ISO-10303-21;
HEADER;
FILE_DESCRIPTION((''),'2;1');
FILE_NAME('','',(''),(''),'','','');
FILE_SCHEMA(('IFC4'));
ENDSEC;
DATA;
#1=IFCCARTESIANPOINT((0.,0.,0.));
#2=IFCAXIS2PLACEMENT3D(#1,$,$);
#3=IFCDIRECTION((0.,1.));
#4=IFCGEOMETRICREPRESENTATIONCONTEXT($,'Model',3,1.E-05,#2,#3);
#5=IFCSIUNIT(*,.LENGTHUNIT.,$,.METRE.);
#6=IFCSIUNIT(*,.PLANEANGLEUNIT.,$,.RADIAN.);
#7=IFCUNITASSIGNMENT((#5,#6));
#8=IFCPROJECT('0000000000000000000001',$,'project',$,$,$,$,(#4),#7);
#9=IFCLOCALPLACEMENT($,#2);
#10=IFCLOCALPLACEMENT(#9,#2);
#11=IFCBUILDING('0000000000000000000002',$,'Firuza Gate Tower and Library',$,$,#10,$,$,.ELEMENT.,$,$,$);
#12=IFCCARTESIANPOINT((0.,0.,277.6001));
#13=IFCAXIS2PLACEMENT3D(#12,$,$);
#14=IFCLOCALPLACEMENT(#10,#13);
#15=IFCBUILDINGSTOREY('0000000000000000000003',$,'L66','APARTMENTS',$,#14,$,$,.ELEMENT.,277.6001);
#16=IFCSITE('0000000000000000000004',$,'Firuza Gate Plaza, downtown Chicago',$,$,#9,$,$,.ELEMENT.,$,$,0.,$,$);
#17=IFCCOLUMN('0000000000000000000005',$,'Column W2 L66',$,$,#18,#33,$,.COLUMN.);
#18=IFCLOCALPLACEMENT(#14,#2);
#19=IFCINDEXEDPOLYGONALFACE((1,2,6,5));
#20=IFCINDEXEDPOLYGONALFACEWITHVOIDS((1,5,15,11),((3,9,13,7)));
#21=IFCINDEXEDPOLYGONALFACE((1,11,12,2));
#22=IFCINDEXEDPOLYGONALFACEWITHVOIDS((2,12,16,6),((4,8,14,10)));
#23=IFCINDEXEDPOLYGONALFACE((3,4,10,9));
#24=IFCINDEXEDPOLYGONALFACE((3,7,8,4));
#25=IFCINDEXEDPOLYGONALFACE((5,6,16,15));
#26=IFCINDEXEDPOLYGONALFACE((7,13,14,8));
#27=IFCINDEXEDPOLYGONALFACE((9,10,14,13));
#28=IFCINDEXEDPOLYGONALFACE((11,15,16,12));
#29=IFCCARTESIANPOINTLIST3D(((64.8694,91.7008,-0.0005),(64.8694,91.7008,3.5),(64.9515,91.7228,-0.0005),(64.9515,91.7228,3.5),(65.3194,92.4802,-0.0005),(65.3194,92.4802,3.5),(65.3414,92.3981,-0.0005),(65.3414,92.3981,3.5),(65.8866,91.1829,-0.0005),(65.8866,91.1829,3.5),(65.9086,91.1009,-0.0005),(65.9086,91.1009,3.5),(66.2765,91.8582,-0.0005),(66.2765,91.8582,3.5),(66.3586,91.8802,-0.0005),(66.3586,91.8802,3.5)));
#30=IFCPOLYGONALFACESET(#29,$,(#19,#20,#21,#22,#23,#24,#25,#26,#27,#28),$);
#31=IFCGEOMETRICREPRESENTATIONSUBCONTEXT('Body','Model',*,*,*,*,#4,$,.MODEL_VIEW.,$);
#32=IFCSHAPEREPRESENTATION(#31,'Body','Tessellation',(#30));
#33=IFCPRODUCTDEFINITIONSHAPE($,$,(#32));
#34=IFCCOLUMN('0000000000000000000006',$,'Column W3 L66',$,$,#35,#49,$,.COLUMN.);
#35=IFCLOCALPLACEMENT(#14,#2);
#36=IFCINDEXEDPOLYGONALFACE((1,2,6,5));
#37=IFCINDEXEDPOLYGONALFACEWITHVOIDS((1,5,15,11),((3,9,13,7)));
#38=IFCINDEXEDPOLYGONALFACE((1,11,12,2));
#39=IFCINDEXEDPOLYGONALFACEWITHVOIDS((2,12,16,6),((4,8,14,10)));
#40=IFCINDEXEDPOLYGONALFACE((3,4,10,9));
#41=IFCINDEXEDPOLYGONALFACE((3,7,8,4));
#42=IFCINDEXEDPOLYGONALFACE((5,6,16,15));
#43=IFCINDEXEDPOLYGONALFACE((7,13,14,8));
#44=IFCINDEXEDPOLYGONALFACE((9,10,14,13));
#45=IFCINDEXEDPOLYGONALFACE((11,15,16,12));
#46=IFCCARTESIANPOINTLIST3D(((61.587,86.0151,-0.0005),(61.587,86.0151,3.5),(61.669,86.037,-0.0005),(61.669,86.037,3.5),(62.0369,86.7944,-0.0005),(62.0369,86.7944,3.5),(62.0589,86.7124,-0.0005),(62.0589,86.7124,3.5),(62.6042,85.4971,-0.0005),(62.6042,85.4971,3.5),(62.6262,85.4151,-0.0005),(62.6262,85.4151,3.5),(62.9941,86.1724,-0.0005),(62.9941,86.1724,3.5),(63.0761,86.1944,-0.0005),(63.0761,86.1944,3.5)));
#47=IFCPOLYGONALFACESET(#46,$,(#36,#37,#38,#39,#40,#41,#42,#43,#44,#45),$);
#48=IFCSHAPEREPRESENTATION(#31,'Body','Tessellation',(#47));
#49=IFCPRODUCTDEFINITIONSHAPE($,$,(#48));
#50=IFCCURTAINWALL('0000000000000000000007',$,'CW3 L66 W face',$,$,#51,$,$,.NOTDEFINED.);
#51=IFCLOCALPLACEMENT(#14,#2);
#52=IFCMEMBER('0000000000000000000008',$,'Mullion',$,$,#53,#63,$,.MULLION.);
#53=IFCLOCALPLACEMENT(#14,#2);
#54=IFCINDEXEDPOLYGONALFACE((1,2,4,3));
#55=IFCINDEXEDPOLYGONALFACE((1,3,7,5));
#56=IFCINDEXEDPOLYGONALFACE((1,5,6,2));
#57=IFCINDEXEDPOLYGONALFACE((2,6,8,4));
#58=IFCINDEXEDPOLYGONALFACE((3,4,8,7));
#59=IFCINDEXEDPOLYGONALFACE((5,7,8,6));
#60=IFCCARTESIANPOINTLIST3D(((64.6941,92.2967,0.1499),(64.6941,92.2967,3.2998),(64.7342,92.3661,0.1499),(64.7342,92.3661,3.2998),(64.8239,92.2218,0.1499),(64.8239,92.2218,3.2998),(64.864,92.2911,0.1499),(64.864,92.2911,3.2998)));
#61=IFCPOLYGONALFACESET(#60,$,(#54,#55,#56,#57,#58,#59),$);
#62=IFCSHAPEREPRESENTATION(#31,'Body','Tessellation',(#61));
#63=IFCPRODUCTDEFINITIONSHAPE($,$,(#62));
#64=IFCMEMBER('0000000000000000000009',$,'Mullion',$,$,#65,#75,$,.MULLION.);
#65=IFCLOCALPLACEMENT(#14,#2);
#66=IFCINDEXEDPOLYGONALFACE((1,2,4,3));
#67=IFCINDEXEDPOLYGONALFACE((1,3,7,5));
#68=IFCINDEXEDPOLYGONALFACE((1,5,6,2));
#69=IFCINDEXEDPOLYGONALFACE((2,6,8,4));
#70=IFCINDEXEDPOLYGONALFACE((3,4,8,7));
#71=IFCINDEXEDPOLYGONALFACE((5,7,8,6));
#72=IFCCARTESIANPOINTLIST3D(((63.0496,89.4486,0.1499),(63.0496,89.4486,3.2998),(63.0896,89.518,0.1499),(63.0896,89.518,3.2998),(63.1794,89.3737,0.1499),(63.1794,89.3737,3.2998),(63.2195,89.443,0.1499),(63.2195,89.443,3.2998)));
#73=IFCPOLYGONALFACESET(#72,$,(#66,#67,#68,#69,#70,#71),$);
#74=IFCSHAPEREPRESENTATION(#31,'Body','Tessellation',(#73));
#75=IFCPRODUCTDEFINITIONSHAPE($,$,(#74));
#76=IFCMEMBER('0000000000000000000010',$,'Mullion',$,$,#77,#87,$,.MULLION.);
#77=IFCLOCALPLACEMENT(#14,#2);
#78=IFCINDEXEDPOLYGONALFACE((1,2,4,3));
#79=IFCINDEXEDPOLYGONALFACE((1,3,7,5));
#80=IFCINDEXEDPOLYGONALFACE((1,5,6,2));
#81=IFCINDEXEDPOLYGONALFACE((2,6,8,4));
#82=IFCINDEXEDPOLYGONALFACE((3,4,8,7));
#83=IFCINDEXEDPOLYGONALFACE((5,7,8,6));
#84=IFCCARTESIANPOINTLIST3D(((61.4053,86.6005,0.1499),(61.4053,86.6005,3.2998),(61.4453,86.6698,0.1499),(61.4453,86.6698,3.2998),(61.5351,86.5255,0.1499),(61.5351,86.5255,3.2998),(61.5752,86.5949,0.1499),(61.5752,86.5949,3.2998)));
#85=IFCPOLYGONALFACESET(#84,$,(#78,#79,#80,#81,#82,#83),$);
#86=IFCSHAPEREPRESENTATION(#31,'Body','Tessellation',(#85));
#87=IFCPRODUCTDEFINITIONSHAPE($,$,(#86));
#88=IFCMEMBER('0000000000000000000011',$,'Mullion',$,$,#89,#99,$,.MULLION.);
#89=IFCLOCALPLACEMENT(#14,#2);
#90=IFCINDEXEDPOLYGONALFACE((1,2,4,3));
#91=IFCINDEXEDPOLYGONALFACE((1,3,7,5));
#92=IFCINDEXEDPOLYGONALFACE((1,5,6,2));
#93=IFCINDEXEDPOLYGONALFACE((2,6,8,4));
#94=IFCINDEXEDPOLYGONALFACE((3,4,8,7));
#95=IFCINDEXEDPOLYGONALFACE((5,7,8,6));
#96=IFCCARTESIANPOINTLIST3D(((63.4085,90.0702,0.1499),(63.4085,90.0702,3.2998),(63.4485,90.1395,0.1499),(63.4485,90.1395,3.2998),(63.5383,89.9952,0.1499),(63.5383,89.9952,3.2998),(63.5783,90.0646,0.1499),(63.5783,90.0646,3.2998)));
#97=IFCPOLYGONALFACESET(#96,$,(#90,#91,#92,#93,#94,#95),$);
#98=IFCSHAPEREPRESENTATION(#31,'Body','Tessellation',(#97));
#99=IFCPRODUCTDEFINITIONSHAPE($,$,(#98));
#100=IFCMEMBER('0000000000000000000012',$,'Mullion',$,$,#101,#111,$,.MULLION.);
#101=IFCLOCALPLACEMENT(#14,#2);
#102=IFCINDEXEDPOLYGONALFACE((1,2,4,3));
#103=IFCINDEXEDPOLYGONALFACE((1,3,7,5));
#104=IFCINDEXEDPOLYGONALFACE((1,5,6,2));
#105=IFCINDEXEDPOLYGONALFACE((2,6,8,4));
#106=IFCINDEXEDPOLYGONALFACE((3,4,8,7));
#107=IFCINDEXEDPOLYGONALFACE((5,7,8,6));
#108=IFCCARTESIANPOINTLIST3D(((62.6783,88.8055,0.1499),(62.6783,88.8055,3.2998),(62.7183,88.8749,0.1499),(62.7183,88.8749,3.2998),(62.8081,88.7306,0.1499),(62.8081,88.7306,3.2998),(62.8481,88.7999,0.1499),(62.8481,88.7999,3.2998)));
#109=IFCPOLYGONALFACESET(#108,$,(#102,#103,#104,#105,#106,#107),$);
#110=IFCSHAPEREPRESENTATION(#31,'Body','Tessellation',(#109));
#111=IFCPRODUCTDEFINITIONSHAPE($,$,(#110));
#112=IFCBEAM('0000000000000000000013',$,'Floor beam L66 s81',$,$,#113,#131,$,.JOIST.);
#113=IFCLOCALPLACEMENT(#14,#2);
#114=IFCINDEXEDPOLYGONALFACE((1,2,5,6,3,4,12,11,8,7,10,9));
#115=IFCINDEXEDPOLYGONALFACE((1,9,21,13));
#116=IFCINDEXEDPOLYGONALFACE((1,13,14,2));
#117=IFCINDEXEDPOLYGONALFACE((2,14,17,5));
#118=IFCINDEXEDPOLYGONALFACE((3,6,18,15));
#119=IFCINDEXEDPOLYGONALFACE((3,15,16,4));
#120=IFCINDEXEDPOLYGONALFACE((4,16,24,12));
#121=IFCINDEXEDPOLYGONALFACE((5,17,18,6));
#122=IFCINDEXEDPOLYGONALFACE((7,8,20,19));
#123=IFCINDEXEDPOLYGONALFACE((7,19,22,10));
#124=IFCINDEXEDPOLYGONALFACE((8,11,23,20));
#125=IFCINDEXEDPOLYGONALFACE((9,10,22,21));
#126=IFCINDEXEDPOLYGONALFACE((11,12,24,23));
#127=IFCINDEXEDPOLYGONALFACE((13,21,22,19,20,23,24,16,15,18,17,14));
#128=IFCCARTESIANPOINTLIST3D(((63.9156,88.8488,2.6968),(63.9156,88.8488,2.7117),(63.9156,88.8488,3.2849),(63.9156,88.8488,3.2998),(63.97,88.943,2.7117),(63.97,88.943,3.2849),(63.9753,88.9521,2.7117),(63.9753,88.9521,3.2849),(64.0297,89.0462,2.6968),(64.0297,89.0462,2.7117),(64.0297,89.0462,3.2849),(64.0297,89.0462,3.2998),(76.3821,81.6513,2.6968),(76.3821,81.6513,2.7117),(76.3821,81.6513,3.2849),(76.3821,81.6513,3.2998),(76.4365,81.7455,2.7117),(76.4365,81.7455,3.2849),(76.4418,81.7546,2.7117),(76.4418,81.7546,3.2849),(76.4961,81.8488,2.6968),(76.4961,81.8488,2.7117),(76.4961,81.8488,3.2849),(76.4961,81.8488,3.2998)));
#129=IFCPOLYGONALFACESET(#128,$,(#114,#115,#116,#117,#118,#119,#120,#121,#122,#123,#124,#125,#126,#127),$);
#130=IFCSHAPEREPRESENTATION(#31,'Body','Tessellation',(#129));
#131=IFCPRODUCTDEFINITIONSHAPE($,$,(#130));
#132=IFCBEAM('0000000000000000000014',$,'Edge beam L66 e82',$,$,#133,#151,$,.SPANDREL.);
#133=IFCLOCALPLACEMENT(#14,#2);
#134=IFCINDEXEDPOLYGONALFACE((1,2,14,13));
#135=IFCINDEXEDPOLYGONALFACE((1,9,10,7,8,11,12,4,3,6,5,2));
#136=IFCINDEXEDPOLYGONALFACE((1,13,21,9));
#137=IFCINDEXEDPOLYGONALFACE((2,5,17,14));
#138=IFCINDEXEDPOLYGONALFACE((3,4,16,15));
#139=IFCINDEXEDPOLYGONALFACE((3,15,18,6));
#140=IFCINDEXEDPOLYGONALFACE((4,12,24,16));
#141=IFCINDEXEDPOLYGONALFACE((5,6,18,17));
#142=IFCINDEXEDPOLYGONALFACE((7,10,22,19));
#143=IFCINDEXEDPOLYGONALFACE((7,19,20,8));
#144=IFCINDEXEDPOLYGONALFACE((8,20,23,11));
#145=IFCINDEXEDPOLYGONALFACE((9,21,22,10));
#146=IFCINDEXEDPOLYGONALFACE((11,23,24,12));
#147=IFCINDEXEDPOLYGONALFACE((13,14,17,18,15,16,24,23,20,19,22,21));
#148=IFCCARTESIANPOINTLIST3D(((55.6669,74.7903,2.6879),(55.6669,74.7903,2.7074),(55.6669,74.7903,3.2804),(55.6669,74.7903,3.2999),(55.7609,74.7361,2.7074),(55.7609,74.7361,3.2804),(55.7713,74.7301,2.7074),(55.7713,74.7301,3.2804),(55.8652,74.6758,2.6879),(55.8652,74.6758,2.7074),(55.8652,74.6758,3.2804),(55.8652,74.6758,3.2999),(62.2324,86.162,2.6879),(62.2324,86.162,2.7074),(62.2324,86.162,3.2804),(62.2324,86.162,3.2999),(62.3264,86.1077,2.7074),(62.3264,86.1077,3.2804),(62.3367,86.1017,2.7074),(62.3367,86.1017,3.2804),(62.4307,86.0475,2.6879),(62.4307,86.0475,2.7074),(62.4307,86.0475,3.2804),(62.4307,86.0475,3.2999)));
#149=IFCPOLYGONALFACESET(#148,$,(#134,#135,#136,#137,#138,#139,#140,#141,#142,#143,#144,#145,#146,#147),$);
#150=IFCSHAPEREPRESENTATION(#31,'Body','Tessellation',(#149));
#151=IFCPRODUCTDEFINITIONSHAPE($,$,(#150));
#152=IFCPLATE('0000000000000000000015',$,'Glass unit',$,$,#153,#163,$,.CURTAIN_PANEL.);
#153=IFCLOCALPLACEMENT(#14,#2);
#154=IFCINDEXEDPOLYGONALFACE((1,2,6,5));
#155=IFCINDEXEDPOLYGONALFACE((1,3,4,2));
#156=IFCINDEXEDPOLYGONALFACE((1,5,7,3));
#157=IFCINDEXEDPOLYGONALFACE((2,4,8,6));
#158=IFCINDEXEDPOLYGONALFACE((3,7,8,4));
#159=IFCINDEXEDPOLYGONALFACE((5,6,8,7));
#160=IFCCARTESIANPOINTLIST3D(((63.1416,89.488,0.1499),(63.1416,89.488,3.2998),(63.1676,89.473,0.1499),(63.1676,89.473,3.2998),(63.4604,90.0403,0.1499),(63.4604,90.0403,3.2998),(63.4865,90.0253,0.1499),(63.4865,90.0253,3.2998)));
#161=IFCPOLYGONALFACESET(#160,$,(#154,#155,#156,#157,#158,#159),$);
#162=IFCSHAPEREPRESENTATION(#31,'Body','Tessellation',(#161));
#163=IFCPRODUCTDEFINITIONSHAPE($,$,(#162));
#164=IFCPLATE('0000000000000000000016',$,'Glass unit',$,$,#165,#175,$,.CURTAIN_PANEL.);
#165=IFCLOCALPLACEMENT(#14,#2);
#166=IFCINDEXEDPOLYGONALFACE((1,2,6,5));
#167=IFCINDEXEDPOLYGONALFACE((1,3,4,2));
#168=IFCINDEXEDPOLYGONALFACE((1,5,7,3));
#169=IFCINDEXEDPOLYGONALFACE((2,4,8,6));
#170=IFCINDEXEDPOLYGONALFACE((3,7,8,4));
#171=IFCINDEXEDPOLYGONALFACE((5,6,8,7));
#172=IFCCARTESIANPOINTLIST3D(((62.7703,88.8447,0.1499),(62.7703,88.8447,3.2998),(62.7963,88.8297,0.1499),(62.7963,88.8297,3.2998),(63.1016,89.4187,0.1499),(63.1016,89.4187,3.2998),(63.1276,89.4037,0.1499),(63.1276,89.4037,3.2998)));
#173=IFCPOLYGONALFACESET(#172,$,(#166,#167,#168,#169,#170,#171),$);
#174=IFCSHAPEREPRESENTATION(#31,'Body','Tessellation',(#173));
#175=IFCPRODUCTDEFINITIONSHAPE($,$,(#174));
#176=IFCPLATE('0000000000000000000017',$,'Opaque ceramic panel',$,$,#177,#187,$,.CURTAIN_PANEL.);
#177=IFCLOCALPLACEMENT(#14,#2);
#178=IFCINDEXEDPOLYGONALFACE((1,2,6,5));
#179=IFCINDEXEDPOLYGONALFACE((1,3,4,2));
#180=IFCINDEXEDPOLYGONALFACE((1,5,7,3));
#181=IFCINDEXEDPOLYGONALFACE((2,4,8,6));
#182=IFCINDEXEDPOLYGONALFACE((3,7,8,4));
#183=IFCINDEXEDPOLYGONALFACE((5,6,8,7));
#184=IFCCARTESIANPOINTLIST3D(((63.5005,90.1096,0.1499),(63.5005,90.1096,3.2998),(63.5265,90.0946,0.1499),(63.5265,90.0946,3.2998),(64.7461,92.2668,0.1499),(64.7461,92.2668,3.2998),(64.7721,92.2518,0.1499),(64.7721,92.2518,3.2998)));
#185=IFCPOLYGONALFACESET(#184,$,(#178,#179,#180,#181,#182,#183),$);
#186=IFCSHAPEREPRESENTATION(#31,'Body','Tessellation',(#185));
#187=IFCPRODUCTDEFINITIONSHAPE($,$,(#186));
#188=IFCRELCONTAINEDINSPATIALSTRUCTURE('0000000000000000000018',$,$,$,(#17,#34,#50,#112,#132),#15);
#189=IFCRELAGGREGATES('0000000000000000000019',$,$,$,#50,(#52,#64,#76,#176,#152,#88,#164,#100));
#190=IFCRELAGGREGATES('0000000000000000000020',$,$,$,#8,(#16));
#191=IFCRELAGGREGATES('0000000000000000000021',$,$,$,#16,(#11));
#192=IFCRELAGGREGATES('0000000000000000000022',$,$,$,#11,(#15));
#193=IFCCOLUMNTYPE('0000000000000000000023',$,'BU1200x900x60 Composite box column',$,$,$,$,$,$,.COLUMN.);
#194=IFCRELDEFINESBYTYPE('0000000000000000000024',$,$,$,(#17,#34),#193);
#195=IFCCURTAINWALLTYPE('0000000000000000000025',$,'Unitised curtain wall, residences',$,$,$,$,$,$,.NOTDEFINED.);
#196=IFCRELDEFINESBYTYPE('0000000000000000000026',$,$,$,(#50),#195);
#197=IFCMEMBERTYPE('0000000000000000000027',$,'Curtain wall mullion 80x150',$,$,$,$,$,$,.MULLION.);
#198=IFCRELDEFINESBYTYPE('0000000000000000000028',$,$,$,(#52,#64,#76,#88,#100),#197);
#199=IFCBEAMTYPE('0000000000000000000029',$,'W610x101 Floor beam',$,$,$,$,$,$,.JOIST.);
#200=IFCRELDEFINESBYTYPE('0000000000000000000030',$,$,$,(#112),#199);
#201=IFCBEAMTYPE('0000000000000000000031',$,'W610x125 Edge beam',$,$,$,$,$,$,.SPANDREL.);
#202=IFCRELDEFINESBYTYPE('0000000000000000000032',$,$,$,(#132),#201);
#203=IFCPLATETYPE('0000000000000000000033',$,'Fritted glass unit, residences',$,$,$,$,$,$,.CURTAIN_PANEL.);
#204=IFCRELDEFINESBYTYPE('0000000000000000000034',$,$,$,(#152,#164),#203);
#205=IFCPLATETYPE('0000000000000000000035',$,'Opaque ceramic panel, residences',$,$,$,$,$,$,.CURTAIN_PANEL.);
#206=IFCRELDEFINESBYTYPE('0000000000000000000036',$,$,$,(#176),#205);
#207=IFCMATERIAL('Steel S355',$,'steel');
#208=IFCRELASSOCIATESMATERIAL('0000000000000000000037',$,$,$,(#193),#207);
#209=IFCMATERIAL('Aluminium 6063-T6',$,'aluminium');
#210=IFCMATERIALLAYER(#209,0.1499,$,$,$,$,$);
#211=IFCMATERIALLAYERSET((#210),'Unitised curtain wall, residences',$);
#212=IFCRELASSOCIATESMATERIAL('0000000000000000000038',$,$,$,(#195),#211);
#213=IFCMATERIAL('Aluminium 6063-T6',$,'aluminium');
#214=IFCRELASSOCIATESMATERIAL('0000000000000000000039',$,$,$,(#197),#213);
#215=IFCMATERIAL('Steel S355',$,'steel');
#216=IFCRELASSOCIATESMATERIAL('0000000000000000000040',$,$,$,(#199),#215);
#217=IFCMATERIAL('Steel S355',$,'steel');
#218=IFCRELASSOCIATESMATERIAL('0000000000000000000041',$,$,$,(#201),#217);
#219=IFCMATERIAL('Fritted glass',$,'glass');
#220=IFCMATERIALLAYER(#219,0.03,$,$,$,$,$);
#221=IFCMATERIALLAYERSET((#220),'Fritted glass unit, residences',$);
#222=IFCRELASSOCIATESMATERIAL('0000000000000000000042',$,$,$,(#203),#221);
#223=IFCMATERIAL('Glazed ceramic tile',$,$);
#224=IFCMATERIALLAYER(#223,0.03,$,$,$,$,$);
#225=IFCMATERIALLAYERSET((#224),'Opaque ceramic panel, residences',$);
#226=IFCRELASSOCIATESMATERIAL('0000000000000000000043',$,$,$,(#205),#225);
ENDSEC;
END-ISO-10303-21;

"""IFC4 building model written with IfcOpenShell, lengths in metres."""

from ifc_helpers import new_model, si_unit, direction, frame, origin, origin_2d, place, context, subcontext, project, spatial, polyline, rectangle, hollow_rectangle, i_section, outline, extrude, material, layer, layer_set, material_profile, profile_set, type_object, element, aggregate, save


model = new_model("IFC4")

# Units and contexts
model_context = context("Model", 3, precision=1e-05, world=origin(), true_north=direction((0.0, 1.0)))
body_context = subcontext(model_context, "Body", "Model", "MODEL_VIEW")
ifc_project = project(units=[si_unit("LENGTHUNIT", "METRE"), si_unit("PLANEANGLEUNIT", "RADIAN")], contexts=[model_context])

# Site, building, storey
site_placement = place(None, origin())
site = spatial("IfcSite", under=ifc_project, at=site_placement, Name="Firuza Gate Plaza, downtown Chicago", CompositionType="ELEMENT", RefElevation=0.0)
building_placement = place(site_placement, origin())
building = spatial("IfcBuilding", under=site, at=building_placement, Name="Firuza Gate Tower and Library", CompositionType="ELEMENT")
storey_placement = place(building_placement, frame((0.0, 0.0, 277.6001)))
storey = spatial("IfcBuildingStorey", under=building, at=storey_placement, Name="L66", Description="APARTMENTS", CompositionType="ELEMENT", Elevation=277.6001)

# Columns
ifc_material_1 = material(Name="Steel S355", Category="steel")
ifc_material_profile_1 = material_profile(ifc_material_1, hollow_rectangle(XDim=0.8999, YDim=1.2, WallThickness=0.0601, at=origin_2d()))
ifc_profile_set_1 = profile_set([ifc_material_profile_1], Name="Steel S355")
column_type = type_object("IfcColumnType", Name="BU1200x900x60 Composite box column", PredefinedType="COLUMN", material=ifc_profile_set_1)
for number, where, z_axis, x_axis, name in (
    (1, (65.614, 91.7905, -0.0005), (0.0, 0.0, 1.0), (-0.5, -0.866025, 0.0), "Column W2 L66"),
    (2, (62.3315, 86.1047, -0.0005), (0.0, 0.0, 1.0), (-0.5, -0.866025, 0.0), "Column W3 L66"),
):
    element("IfcColumn", number, at=place(storey_placement, frame(where, z_axis=z_axis, x_axis=x_axis)), inside=storey, type_object=column_type, Name=name, PredefinedType="COLUMN", context=body_context, shape_type="SweptSolid", body=[
        extrude(hollow_rectangle(XDim=0.8999, YDim=1.2, WallThickness=0.0601, at=origin_2d()), origin(), (0.0, 0.0, 1.0), 3.5005),
    ])

# Curtain wall, members
ifc_material_2 = material(Name="Aluminium 6063-T6", Category="aluminium")
ifc_layer_1 = layer(ifc_material_2, 0.1499)
ifc_layer_set_1 = layer_set([ifc_layer_1], Name="Unitised curtain wall, residences")
curtain_wall_type = type_object("IfcCurtainWallType", Name="Unitised curtain wall, residences", PredefinedType="NOTDEFINED", material=ifc_layer_set_1)
placement = place(storey_placement, origin())
curtain_wall = element("IfcCurtainWall", 3, at=placement, inside=storey, type_object=curtain_wall_type, Name="CW3 L66 W face", PredefinedType="NOTDEFINED")
ifc_material_3 = material(Name="Aluminium 6063-T6", Category="aluminium")
ifc_material_profile_2 = material_profile(ifc_material_3, rectangle(XDim=0.1499, YDim=0.0801, at=origin_2d()))
ifc_profile_set_2 = profile_set([ifc_material_profile_2], Name="Aluminium 6063-T6")
member_type = type_object("IfcMemberType", Name="Curtain wall mullion 80x150", PredefinedType="MULLION", material=ifc_profile_set_2)
member_1_placement = place(storey_placement, frame((64.7791, 92.2939, 0.1499), z_axis=(0.0, 0.0, 1.0), x_axis=(0.866025, -0.5, 0.0)))
member_1 = element("IfcMember", 4, at=member_1_placement, type_object=member_type, Name="Mullion", PredefinedType="MULLION", context=body_context, shape_type="SweptSolid", body=[
    extrude(rectangle(XDim=0.1499, YDim=0.0801, at=origin_2d()), origin(), (0.0, 0.0, 1.0), 3.1499),
])
member_2_placement = place(storey_placement, frame((63.1345, 89.4458, 0.1499), z_axis=(0.0, 0.0, 1.0), x_axis=(0.866025, -0.5, 0.0)))
member_2 = element("IfcMember", 5, at=member_2_placement, type_object=member_type, Name="Mullion", PredefinedType="MULLION", context=body_context, shape_type="SweptSolid", body=[
    extrude(rectangle(XDim=0.1499, YDim=0.0801, at=origin_2d()), origin(), (0.0, 0.0, 1.0), 3.1499),
])
member_3_placement = place(storey_placement, frame((61.4902, 86.5977, 0.1499), z_axis=(0.0, 0.0, 1.0), x_axis=(0.866025, -0.5, 0.0)))
member_3 = element("IfcMember", 6, at=member_3_placement, type_object=member_type, Name="Mullion", PredefinedType="MULLION", context=body_context, shape_type="SweptSolid", body=[
    extrude(rectangle(XDim=0.1499, YDim=0.0801, at=origin_2d()), origin(), (0.0, 0.0, 1.0), 3.1499),
])
member_4_placement = place(storey_placement, frame((63.4934, 90.0674, 0.1499), z_axis=(0.0, 0.0, 1.0), x_axis=(0.866025, -0.5, 0.0)))
member_4 = element("IfcMember", 7, at=member_4_placement, type_object=member_type, Name="Mullion", PredefinedType="MULLION", context=body_context, shape_type="SweptSolid", body=[
    extrude(rectangle(XDim=0.1499, YDim=0.0801, at=origin_2d()), origin(), (0.0, 0.0, 1.0), 3.1499),
])
member_5_placement = place(storey_placement, frame((62.7632, 88.8027, 0.1499), z_axis=(0.0, 0.0, 1.0), x_axis=(0.866025, -0.5, 0.0)))
member_5 = element("IfcMember", 8, at=member_5_placement, type_object=member_type, Name="Mullion", PredefinedType="MULLION", context=body_context, shape_type="SweptSolid", body=[
    extrude(rectangle(XDim=0.1499, YDim=0.0801, at=origin_2d()), origin(), (0.0, 0.0, 1.0), 3.1499),
])

# Beams
ifc_material_4 = material(Name="Steel S355", Category="steel")
ifc_material_profile_3 = material_profile(ifc_material_4, i_section(OverallWidth=0.228, OverallDepth=0.603, WebThickness=0.0105, FlangeThickness=0.0149, at=origin_2d()))
ifc_profile_set_3 = profile_set([ifc_material_profile_3], Name="Steel S355")
beam_type_1 = type_object("IfcBeamType", Name="W610x101 Floor beam", PredefinedType="JOIST", material=ifc_profile_set_3)
beam_1_placement = place(storey_placement, frame((63.9727, 88.9475, 2.9983), z_axis=(0.866027, -0.499997, 0.0), x_axis=(0.499997, 0.866027, 0.0)))
element("IfcBeam", 9, at=beam_1_placement, inside=storey, type_object=beam_type_1, Name="Floor beam L66 s81", PredefinedType="JOIST", context=body_context, shape_type="SweptSolid", body=[
    extrude(i_section(OverallWidth=0.228, OverallDepth=0.603, WebThickness=0.0105, FlangeThickness=0.0149, at=origin_2d()), origin(), (0.0, 0.0, 1.0), 14.395),
])
ifc_material_5 = material(Name="Steel S355", Category="steel")
ifc_material_profile_4 = material_profile(ifc_material_5, i_section(OverallWidth=0.229, OverallDepth=0.6121, WebThickness=0.012, FlangeThickness=0.0195, at=origin_2d()))
ifc_profile_set_4 = profile_set([ifc_material_profile_4], Name="Steel S355")
beam_type_2 = type_object("IfcBeamType", Name="W610x125 Edge beam", PredefinedType="SPANDREL", material=ifc_profile_set_4)
beam_2_placement = place(storey_placement, frame((62.3315, 86.1047, 2.9939), z_axis=(-0.500002, -0.866024, 0.0), x_axis=(0.866024, -0.500002, 0.0)))
element("IfcBeam", 10, at=beam_2_placement, inside=storey, type_object=beam_type_2, Name="Edge beam L66 e82", PredefinedType="SPANDREL", context=body_context, shape_type="SweptSolid", body=[
    extrude(i_section(OverallWidth=0.229, OverallDepth=0.6121, WebThickness=0.012, FlangeThickness=0.0195, at=origin_2d()), origin(), (0.0, 0.0, 1.0), 13.1309),
])

# Plates
ifc_material_6 = material(Name="Fritted glass", Category="glass")
ifc_layer_2 = layer(ifc_material_6, 0.03)
ifc_layer_set_2 = layer_set([ifc_layer_2], Name="Fritted glass unit, residences")
plate_type_1 = type_object("IfcPlateType", Name="Fritted glass unit, residences", PredefinedType="CURTAIN_PANEL", material=ifc_layer_set_2)
plate_1_placement = place(storey_placement, frame((63.4604, 90.0403, 0.1499), z_axis=(-0.86602, 0.50001, 0.0), x_axis=(-0.50001, -0.86602, 0.0)))
plate_1 = element("IfcPlate", 11, at=plate_1_placement, type_object=plate_type_1, Name="Glass unit", PredefinedType="CURTAIN_PANEL", context=body_context, shape_type="SweptSolid", body=[
    extrude(outline(polyline([(0.0, 0.0), (0.6377, 0.0), (0.6377, 3.1499), (0.0, 3.1499), (0.0, 0.0)])), origin(), (0.0, 0.0, -1.0), 0.03),
])
plate_2_placement = place(storey_placement, frame((63.1016, 89.4187, 0.1499), z_axis=(-0.866081, 0.499903, 0.0), x_axis=(-0.499903, -0.866081, 0.0)))
plate_2 = element("IfcPlate", 12, at=plate_2_placement, type_object=plate_type_1, Name="Glass unit", PredefinedType="CURTAIN_PANEL", context=body_context, shape_type="SweptSolid", body=[
    extrude(outline(polyline([(0.0, 0.0), (0.6627, 0.0), (0.6627, 3.1499), (0.0, 3.1499), (0.0, 0.0)])), origin(), (0.0, 0.0, -1.0), 0.03),
])
ifc_material_7 = material(Name="Glazed ceramic tile")
ifc_layer_3 = layer(ifc_material_7, 0.03)
ifc_layer_set_3 = layer_set([ifc_layer_3], Name="Opaque ceramic panel, residences")
plate_type_2 = type_object("IfcPlateType", Name="Opaque ceramic panel, residences", PredefinedType="CURTAIN_PANEL", material=ifc_layer_set_3)
plate_3_placement = place(storey_placement, frame((64.7461, 92.2668, 0.1499), z_axis=(-0.866003, 0.500039, 0.0), x_axis=(-0.500039, -0.866003, 0.0)))
plate_3 = element("IfcPlate", 13, at=plate_3_placement, type_object=plate_type_2, Name="Opaque ceramic panel", PredefinedType="CURTAIN_PANEL", context=body_context, shape_type="SweptSolid", body=[
    extrude(outline(polyline([(0.0, 0.0), (2.491, 0.0), (2.491, 3.1499), (0.0, 3.1499), (0.0, 0.0)])), origin(), (0.0, 0.0, -1.0), 0.03),
])
aggregate(curtain_wall, [member_1, member_2, member_3, plate_3, plate_1, member_4, plate_2, member_5])

save(model, "model.ifc")
